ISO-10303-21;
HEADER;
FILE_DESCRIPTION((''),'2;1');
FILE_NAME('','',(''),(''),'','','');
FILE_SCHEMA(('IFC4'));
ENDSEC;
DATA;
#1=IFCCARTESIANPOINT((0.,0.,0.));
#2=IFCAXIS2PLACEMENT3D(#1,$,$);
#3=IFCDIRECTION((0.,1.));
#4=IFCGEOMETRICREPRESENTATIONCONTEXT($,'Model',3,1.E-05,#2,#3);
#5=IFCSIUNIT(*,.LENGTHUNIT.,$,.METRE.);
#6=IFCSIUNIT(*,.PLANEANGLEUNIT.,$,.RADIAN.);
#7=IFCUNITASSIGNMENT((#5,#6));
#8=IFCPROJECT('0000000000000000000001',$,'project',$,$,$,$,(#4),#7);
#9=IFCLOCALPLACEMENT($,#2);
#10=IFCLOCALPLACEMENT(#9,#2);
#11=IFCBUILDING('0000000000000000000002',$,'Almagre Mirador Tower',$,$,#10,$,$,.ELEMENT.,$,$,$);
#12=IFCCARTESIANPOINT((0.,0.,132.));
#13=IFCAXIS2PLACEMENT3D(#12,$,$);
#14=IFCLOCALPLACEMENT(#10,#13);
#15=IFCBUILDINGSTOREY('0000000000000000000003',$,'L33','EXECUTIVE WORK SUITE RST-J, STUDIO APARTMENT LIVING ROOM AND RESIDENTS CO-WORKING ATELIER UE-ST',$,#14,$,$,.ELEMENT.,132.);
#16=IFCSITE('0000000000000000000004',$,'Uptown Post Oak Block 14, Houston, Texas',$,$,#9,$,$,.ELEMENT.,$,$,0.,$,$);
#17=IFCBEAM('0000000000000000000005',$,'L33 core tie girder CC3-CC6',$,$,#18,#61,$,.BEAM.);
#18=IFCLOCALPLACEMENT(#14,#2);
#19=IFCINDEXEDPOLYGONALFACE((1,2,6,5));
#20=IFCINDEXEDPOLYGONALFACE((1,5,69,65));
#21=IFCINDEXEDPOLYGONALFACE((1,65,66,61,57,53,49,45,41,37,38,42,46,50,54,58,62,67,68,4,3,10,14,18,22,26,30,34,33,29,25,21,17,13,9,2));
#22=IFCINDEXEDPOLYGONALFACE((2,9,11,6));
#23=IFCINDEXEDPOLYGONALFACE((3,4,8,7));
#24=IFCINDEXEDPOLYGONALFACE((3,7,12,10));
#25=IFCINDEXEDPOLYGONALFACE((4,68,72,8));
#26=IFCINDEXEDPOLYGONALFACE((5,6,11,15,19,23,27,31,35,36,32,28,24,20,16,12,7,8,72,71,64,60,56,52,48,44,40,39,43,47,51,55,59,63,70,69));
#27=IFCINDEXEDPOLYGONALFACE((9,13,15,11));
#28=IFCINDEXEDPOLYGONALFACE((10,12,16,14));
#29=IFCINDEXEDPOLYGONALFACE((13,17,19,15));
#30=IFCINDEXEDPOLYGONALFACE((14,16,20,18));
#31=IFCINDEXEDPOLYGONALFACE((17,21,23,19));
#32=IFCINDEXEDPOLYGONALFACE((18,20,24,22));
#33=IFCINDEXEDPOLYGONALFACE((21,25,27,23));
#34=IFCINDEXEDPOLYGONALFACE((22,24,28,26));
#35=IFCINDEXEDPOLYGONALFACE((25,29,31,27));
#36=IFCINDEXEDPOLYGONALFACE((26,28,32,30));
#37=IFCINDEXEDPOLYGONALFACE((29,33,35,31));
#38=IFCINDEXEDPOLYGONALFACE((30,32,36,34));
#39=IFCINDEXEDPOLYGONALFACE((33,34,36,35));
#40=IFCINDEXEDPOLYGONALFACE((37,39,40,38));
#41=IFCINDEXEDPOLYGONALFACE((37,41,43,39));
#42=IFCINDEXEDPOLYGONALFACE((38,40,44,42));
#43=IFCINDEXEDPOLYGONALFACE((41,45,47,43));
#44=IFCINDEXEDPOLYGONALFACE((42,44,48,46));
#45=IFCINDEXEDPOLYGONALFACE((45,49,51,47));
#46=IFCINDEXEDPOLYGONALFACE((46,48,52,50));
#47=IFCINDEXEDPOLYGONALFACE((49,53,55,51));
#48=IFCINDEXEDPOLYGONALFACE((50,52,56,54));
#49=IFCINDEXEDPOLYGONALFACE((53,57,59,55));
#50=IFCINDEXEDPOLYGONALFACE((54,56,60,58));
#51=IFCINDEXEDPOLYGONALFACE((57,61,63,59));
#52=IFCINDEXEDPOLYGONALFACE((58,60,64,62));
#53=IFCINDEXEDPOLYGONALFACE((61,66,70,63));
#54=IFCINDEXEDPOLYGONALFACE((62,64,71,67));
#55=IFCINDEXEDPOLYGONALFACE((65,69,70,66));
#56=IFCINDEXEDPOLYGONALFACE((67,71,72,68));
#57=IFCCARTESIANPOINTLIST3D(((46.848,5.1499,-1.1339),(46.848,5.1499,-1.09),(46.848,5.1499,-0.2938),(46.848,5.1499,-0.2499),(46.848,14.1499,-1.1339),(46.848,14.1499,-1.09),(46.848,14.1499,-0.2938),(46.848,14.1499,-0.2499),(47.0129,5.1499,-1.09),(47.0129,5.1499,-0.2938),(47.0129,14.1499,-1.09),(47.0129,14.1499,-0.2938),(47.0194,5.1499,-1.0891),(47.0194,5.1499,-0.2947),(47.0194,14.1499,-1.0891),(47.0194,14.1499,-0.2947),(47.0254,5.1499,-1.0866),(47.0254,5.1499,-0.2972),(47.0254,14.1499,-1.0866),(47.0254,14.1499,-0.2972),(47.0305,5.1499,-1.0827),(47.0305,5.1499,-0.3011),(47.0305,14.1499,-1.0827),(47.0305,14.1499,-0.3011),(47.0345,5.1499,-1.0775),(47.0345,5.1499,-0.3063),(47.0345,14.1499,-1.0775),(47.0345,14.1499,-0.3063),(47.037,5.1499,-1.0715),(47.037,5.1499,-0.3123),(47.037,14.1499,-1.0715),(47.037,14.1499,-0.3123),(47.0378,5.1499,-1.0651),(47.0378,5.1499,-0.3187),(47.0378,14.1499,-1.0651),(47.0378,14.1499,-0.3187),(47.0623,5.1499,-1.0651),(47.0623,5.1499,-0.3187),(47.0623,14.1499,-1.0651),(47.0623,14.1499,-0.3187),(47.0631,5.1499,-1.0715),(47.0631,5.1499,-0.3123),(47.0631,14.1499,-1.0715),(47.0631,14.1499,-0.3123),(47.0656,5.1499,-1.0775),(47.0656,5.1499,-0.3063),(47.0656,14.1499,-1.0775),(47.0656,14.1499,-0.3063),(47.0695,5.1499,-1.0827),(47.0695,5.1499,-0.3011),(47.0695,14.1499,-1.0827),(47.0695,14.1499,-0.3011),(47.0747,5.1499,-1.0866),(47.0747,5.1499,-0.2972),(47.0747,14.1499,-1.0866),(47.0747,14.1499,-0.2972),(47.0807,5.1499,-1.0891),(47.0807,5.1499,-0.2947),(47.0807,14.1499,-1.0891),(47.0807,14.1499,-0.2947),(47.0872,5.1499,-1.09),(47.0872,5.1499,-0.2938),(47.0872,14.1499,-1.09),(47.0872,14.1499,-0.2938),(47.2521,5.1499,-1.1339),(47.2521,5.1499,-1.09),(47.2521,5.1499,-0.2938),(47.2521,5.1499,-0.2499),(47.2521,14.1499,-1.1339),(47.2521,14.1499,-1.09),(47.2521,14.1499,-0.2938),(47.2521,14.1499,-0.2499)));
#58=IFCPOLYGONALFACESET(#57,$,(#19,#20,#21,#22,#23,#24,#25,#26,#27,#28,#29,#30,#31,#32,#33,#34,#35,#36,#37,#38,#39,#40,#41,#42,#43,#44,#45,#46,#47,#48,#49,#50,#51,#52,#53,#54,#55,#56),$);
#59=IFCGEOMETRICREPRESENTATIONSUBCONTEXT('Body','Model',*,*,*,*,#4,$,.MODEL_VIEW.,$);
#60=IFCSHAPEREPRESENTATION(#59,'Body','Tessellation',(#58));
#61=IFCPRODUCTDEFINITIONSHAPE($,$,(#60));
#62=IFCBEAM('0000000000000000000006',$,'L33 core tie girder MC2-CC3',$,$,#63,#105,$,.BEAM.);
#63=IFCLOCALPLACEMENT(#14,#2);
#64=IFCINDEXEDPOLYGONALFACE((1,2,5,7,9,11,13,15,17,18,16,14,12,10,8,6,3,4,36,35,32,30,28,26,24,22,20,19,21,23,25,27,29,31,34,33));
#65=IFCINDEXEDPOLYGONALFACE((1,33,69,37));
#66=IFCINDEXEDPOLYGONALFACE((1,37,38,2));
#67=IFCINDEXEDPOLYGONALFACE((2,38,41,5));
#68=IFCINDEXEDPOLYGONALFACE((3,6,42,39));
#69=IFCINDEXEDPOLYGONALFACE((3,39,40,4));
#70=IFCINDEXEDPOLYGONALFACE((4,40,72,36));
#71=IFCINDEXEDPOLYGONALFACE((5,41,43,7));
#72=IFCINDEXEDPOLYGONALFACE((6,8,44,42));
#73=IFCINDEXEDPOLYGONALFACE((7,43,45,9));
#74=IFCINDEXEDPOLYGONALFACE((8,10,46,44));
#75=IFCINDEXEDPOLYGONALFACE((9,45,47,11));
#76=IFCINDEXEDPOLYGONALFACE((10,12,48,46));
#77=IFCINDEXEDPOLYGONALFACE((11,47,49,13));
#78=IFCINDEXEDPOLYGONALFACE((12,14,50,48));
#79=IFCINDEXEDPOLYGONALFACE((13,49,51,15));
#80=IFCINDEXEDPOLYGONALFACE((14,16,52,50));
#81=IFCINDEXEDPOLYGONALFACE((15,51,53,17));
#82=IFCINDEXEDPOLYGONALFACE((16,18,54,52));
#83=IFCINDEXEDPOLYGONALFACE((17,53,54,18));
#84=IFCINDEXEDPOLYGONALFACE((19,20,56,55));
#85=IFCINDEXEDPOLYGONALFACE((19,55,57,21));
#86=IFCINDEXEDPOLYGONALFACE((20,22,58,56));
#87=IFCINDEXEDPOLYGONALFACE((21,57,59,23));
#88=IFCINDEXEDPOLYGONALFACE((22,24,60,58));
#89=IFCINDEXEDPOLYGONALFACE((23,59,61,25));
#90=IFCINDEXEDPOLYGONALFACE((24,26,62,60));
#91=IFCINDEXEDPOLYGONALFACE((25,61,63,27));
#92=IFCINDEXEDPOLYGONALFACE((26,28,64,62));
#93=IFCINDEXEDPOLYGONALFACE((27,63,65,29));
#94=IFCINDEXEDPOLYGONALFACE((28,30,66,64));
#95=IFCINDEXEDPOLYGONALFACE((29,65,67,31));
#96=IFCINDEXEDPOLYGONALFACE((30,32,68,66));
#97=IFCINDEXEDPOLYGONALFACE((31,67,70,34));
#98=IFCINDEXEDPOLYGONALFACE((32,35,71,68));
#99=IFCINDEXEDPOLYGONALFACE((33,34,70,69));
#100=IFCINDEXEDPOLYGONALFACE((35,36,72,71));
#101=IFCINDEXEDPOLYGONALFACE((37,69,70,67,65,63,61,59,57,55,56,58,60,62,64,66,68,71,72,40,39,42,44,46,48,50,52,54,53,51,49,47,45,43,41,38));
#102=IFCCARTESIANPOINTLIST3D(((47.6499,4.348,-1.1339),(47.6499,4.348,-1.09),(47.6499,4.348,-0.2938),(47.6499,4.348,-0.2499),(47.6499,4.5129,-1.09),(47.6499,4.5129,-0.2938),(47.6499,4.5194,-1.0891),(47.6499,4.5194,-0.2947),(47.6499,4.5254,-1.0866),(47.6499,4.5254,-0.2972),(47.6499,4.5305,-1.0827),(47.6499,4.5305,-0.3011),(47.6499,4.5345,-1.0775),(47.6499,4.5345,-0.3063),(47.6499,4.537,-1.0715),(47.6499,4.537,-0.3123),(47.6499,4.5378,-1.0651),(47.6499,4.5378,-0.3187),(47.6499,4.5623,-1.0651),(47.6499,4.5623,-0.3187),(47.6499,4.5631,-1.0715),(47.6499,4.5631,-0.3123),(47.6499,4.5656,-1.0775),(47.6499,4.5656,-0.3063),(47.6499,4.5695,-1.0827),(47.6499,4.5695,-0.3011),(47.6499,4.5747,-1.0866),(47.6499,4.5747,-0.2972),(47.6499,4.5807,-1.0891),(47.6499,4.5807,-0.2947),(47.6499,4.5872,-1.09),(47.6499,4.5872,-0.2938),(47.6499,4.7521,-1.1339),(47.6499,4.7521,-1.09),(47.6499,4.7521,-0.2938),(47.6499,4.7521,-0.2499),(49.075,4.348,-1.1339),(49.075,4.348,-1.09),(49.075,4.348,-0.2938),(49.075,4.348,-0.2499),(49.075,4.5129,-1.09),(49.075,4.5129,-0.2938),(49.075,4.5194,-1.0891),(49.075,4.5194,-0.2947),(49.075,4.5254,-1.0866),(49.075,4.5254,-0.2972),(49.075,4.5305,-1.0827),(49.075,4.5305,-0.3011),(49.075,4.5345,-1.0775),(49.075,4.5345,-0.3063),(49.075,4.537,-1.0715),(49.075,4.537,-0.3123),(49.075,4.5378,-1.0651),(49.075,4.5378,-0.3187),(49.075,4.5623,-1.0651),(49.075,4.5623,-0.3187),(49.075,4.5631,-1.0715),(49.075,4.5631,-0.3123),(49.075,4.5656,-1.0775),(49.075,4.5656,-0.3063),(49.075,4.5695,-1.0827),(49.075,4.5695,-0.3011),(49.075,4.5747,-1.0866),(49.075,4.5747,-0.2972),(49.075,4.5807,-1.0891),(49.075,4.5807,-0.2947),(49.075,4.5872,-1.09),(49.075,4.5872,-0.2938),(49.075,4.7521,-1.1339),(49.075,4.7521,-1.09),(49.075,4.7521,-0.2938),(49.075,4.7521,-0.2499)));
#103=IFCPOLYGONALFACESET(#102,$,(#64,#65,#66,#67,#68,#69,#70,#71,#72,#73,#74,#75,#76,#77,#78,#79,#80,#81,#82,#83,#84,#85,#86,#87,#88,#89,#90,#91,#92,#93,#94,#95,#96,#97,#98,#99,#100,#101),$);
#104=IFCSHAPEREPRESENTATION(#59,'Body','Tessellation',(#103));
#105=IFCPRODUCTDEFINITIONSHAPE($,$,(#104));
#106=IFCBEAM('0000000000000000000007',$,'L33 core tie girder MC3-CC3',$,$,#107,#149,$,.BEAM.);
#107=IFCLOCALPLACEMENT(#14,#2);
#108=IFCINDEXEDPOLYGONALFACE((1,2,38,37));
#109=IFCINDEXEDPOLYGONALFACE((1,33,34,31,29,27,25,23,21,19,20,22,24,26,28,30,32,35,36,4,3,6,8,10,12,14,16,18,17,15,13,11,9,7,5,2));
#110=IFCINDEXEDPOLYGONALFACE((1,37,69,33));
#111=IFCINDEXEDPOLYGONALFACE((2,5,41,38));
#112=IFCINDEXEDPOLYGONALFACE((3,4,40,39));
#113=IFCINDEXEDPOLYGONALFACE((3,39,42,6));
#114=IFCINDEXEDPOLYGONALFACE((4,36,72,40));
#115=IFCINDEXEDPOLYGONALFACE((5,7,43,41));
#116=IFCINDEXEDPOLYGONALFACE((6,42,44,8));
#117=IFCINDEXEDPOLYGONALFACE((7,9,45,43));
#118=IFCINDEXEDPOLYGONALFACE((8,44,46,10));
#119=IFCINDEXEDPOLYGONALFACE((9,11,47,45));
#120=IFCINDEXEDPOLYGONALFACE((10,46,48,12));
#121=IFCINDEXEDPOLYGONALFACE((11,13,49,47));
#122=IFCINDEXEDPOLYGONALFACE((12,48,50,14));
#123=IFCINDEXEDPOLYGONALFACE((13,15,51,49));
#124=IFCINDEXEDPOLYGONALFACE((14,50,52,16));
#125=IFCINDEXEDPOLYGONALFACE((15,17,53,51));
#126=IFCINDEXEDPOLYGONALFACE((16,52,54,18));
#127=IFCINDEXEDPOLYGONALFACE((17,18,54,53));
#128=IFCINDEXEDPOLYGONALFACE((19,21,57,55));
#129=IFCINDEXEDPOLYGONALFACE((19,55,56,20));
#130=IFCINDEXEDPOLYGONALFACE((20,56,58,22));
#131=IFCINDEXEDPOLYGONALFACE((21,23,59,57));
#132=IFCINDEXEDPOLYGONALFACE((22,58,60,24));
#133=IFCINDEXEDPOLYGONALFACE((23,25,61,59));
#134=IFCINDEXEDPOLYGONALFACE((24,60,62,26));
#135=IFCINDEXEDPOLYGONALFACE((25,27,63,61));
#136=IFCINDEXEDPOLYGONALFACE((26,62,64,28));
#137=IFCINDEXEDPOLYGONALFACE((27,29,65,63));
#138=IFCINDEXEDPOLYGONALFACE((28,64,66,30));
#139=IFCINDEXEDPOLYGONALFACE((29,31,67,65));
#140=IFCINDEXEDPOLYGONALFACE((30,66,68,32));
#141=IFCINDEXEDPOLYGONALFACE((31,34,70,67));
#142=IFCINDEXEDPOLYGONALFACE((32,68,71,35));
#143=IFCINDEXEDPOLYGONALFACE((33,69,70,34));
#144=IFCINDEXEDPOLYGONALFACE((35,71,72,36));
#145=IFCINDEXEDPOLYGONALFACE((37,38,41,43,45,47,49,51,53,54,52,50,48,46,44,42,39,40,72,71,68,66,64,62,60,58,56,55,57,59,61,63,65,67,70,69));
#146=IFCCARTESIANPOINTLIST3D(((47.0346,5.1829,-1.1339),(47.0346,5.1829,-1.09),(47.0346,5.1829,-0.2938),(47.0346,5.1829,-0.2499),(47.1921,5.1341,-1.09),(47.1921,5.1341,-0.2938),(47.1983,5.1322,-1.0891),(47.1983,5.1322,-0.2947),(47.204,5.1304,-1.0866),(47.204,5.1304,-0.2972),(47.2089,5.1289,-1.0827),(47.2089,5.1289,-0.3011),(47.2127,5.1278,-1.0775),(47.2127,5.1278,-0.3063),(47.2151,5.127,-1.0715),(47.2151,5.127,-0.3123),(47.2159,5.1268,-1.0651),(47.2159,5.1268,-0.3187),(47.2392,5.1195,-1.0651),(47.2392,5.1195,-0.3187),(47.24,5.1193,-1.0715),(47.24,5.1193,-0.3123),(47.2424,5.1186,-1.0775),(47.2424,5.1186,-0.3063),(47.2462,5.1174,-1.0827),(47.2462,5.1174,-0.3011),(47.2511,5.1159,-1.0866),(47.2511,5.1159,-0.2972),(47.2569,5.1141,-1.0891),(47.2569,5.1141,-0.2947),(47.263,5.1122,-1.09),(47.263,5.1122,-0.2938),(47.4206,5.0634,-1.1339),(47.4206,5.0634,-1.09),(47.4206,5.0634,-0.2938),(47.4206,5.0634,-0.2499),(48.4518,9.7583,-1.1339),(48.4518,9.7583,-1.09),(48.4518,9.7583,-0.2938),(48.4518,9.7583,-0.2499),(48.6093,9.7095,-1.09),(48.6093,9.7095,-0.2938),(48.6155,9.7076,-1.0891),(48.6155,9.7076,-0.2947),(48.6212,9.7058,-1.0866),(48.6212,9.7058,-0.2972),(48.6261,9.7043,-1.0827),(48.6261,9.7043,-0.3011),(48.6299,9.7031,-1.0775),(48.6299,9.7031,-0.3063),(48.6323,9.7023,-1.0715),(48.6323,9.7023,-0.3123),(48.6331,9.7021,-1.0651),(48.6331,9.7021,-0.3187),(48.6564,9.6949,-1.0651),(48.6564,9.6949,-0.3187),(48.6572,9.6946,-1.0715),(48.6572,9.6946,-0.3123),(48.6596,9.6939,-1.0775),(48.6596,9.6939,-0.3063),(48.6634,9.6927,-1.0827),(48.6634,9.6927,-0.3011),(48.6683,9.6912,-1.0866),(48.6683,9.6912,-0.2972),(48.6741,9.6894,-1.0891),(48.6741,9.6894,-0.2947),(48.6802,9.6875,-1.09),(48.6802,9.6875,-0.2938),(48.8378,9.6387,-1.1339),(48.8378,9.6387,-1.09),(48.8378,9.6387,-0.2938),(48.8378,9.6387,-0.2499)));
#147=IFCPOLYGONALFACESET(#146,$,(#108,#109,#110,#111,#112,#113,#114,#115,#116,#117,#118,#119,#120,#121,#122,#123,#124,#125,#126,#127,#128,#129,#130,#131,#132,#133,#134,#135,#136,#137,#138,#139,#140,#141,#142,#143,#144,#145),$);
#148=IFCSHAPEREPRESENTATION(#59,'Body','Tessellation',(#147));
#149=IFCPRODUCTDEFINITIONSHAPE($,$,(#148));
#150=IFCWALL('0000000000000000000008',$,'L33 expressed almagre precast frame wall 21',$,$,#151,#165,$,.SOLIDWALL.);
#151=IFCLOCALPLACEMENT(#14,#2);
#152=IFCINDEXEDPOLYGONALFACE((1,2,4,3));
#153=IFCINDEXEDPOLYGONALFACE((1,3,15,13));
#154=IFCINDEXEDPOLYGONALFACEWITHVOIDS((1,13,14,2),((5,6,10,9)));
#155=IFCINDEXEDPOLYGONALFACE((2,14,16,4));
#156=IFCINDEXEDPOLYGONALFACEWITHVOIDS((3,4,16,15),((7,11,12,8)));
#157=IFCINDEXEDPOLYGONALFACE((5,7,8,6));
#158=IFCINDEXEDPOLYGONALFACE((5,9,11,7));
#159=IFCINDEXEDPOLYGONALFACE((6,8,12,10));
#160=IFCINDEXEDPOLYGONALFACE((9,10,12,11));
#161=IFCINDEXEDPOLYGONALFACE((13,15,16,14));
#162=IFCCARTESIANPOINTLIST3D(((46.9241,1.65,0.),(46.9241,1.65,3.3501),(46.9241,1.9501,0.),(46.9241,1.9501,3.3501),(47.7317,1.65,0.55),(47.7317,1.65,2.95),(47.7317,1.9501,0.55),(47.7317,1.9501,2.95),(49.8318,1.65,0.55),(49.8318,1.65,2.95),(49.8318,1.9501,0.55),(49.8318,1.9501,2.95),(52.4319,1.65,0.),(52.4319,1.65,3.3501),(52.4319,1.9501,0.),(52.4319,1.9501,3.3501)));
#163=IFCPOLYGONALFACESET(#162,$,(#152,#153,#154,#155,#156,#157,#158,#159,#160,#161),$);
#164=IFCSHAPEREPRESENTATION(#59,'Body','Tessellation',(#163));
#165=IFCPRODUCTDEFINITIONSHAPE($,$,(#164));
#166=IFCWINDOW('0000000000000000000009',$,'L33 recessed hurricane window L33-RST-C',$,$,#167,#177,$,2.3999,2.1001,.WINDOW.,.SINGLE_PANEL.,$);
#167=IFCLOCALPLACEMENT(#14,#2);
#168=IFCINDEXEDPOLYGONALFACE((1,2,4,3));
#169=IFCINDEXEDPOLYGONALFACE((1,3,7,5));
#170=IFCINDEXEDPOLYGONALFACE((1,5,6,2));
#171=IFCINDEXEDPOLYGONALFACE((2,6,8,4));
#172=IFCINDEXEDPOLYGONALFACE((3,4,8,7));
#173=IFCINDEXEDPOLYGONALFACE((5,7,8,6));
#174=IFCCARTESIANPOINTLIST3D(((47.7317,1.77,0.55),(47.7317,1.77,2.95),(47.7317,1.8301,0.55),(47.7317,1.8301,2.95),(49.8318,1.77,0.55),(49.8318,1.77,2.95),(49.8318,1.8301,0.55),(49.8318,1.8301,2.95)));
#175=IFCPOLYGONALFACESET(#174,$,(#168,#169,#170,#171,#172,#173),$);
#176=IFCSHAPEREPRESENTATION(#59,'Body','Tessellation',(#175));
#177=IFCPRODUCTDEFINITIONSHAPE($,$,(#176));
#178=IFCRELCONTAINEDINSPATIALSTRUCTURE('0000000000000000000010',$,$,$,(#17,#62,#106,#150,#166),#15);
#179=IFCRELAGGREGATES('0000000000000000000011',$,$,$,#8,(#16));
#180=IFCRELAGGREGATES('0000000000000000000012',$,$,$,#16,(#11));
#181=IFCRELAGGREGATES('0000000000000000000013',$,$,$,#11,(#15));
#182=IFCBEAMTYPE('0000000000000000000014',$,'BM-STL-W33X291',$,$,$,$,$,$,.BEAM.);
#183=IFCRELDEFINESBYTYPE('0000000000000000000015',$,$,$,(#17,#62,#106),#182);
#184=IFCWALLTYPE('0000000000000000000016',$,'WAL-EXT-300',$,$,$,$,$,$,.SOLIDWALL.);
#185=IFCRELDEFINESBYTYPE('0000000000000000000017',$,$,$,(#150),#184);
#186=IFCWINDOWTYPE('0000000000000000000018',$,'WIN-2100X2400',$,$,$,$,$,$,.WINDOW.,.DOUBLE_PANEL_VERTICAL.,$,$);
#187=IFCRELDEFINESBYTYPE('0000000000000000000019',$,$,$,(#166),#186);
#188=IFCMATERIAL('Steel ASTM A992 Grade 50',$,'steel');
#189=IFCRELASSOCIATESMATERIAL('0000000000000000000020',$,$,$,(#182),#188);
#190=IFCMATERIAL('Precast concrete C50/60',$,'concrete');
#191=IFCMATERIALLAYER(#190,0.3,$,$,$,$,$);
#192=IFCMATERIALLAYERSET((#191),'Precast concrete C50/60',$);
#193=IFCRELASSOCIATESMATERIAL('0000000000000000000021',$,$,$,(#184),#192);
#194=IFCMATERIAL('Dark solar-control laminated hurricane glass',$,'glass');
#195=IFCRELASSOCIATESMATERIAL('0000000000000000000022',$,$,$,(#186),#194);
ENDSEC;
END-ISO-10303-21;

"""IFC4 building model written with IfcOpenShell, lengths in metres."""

from ifc_helpers import new_model, si_unit, direction, frame, frame_2d, origin, origin_2d, place, context, subcontext, project, spatial, rectangle, i_section, extrude, material, layer, layer_set, material_profile, profile_set, type_object, element, fill, save


model = new_model("IFC4")

# Units and contexts
model_context = context("Model", 3, precision=1e-05, world=origin(), true_north=direction((0.0, 1.0)))
body_context = subcontext(model_context, "Body", "Model", "MODEL_VIEW")
ifc_project = project(units=[si_unit("LENGTHUNIT", "METRE"), si_unit("PLANEANGLEUNIT", "RADIAN")], contexts=[model_context])

# Site, building, storey
site_placement = place(None, origin())
site = spatial("IfcSite", under=ifc_project, at=site_placement, Name="Uptown Post Oak Block 14, Houston, Texas", CompositionType="ELEMENT", RefElevation=0.0)
building_placement = place(site_placement, origin())
building = spatial("IfcBuilding", under=site, at=building_placement, Name="Almagre Mirador Tower", CompositionType="ELEMENT")
storey_placement = place(building_placement, frame((0.0, 0.0, 132.0)))
storey = spatial("IfcBuildingStorey", under=building, at=storey_placement, Name="L33", Description="EXECUTIVE WORK SUITE RST-J, STUDIO APARTMENT LIVING ROOM AND RESIDENTS CO-WORKING ATELIER UE-ST", CompositionType="ELEMENT", Elevation=132.0)

# Beams
ifc_material_1 = material(Name="Steel ASTM A992 Grade 50", Category="steel")
ifc_material_profile_1 = material_profile(ifc_material_1, i_section(OverallWidth=0.4041, OverallDepth=0.884, WebThickness=0.0244, FlangeThickness=0.0439, FilletRadius=0.0249, at=origin_2d()), Name="W33X291")
ifc_profile_set_1 = profile_set([ifc_material_profile_1], Name="Steel ASTM A992 Grade 50")
beam_type_1 = type_object("IfcBeamType", Name="BM-STL-W33X291", PredefinedType="BEAM", material=ifc_profile_set_1)
beam_1_placement = place(storey_placement, frame((47.05, 5.1499, -0.6919), z_axis=(0.0, 1.0, 0.0), x_axis=(-1.0, 0.0, 0.0)))
element("IfcBeam", 1, at=beam_1_placement, inside=storey, type_object=beam_type_1, Name="L33 core tie girder CC3-CC6", PredefinedType="BEAM", context=body_context, shape_type="SweptSolid", body=[
    extrude(i_section(OverallWidth=0.4041, OverallDepth=0.884, WebThickness=0.0244, FlangeThickness=0.0439, FilletRadius=0.0249, at=origin_2d()), origin(), (0.0, 0.0, 1.0), 9.0),
])
beam_2_placement = place(storey_placement, frame((49.075, 4.55, -0.6919), z_axis=(-1.0, 0.0, 0.0), x_axis=(0.0, -1.0, 0.0)))
element("IfcBeam", 2, at=beam_2_placement, inside=storey, type_object=beam_type_1, Name="L33 core tie girder MC2-CC3", PredefinedType="BEAM", context=body_context, shape_type="SweptSolid", body=[
    extrude(i_section(OverallWidth=0.4041, OverallDepth=0.884, WebThickness=0.0244, FlangeThickness=0.0439, FilletRadius=0.0249, at=origin_2d()), origin(), (0.0, 0.0, 1.0), 1.425),
])
beam_3_placement = place(storey_placement, frame((48.6448, 9.6985, -0.6919), z_axis=(-0.29588, -0.955225, 0.0), x_axis=(0.955225, -0.29588, 0.0)))
element("IfcBeam", 3, at=beam_3_placement, inside=storey, type_object=beam_type_1, Name="L33 core tie girder MC3-CC3", PredefinedType="BEAM", context=body_context, shape_type="SweptSolid", body=[
    extrude(i_section(OverallWidth=0.4041, OverallDepth=0.884, WebThickness=0.0244, FlangeThickness=0.0439, FilletRadius=0.0249, at=origin_2d()), origin(), (0.0, 0.0, 1.0), 4.7898),
])

# Wall, opening, window
ifc_material_2 = material(Name="Precast concrete C50/60", Category="concrete")
ifc_layer_1 = layer(ifc_material_2, 0.3)
ifc_layer_set_1 = layer_set([ifc_layer_1], Name="Precast concrete C50/60")
wall_type_1 = type_object("IfcWallType", Name="WAL-EXT-300", PredefinedType="SOLIDWALL", material=ifc_layer_set_1)
wall_1_placement = place(storey_placement, frame((52.4319, 1.8, 0.0), z_axis=(0.0, 0.0, 1.0), x_axis=(-1.0, 0.0, 0.0)))
wall_1 = element("IfcWall", 4, at=wall_1_placement, inside=storey, type_object=wall_type_1, Name="L33 expressed almagre precast frame wall 21", PredefinedType="SOLIDWALL", context=body_context, shape_type="SweptSolid", body=[
    extrude(rectangle(XDim=5.5078, YDim=0.3, at=frame_2d((2.7539, 0.0))), origin(), (0.0, 0.0, 1.0), 3.3501),
])
opening_1_placement = place(wall_1_placement, frame((2.6001, 0.0, 0.55)))
opening_1 = element("IfcOpeningElement", 5, at=opening_1_placement, cuts=wall_1, PredefinedType="OPENING", context=body_context, shape_type="SweptSolid", body=[
    extrude(rectangle(XDim=2.1001, YDim=2.3999, at=frame_2d((1.05, 1.2))), frame((0.0, 0.1599, 0.0), z_axis=(0.0, -1.0, 0.0), x_axis=(1.0, 0.0, 0.0)), (0.0, 0.0, 1.0), 0.32),
])
ifc_material_3 = material(Name="Dark solar-control laminated hurricane glass", Category="glass")
window_type = type_object("IfcWindowType", Name="WIN-2100X2400", PartitioningType="DOUBLE_PANEL_VERTICAL", PredefinedType="WINDOW", material=ifc_material_3)
window_1_placement = place(opening_1_placement, origin())
window_1 = element("IfcWindow", 6, at=window_1_placement, inside=storey, type_object=window_type, Name="L33 recessed hurricane window L33-RST-C", OverallHeight=2.3999, OverallWidth=2.1001, PartitioningType="SINGLE_PANEL", PredefinedType="WINDOW", context=body_context, shape_type="SweptSolid", body=[
    extrude(rectangle(XDim=2.1001, YDim=2.3999, at=frame_2d((1.05, 1.2))), frame((0.0, 0.03, 0.0), z_axis=(0.0, -1.0, 0.0), x_axis=(1.0, 0.0, 0.0)), (0.0, 0.0, 1.0), 0.0601),
])
fill(opening_1, window_1)

save(model, "model.ifc")
